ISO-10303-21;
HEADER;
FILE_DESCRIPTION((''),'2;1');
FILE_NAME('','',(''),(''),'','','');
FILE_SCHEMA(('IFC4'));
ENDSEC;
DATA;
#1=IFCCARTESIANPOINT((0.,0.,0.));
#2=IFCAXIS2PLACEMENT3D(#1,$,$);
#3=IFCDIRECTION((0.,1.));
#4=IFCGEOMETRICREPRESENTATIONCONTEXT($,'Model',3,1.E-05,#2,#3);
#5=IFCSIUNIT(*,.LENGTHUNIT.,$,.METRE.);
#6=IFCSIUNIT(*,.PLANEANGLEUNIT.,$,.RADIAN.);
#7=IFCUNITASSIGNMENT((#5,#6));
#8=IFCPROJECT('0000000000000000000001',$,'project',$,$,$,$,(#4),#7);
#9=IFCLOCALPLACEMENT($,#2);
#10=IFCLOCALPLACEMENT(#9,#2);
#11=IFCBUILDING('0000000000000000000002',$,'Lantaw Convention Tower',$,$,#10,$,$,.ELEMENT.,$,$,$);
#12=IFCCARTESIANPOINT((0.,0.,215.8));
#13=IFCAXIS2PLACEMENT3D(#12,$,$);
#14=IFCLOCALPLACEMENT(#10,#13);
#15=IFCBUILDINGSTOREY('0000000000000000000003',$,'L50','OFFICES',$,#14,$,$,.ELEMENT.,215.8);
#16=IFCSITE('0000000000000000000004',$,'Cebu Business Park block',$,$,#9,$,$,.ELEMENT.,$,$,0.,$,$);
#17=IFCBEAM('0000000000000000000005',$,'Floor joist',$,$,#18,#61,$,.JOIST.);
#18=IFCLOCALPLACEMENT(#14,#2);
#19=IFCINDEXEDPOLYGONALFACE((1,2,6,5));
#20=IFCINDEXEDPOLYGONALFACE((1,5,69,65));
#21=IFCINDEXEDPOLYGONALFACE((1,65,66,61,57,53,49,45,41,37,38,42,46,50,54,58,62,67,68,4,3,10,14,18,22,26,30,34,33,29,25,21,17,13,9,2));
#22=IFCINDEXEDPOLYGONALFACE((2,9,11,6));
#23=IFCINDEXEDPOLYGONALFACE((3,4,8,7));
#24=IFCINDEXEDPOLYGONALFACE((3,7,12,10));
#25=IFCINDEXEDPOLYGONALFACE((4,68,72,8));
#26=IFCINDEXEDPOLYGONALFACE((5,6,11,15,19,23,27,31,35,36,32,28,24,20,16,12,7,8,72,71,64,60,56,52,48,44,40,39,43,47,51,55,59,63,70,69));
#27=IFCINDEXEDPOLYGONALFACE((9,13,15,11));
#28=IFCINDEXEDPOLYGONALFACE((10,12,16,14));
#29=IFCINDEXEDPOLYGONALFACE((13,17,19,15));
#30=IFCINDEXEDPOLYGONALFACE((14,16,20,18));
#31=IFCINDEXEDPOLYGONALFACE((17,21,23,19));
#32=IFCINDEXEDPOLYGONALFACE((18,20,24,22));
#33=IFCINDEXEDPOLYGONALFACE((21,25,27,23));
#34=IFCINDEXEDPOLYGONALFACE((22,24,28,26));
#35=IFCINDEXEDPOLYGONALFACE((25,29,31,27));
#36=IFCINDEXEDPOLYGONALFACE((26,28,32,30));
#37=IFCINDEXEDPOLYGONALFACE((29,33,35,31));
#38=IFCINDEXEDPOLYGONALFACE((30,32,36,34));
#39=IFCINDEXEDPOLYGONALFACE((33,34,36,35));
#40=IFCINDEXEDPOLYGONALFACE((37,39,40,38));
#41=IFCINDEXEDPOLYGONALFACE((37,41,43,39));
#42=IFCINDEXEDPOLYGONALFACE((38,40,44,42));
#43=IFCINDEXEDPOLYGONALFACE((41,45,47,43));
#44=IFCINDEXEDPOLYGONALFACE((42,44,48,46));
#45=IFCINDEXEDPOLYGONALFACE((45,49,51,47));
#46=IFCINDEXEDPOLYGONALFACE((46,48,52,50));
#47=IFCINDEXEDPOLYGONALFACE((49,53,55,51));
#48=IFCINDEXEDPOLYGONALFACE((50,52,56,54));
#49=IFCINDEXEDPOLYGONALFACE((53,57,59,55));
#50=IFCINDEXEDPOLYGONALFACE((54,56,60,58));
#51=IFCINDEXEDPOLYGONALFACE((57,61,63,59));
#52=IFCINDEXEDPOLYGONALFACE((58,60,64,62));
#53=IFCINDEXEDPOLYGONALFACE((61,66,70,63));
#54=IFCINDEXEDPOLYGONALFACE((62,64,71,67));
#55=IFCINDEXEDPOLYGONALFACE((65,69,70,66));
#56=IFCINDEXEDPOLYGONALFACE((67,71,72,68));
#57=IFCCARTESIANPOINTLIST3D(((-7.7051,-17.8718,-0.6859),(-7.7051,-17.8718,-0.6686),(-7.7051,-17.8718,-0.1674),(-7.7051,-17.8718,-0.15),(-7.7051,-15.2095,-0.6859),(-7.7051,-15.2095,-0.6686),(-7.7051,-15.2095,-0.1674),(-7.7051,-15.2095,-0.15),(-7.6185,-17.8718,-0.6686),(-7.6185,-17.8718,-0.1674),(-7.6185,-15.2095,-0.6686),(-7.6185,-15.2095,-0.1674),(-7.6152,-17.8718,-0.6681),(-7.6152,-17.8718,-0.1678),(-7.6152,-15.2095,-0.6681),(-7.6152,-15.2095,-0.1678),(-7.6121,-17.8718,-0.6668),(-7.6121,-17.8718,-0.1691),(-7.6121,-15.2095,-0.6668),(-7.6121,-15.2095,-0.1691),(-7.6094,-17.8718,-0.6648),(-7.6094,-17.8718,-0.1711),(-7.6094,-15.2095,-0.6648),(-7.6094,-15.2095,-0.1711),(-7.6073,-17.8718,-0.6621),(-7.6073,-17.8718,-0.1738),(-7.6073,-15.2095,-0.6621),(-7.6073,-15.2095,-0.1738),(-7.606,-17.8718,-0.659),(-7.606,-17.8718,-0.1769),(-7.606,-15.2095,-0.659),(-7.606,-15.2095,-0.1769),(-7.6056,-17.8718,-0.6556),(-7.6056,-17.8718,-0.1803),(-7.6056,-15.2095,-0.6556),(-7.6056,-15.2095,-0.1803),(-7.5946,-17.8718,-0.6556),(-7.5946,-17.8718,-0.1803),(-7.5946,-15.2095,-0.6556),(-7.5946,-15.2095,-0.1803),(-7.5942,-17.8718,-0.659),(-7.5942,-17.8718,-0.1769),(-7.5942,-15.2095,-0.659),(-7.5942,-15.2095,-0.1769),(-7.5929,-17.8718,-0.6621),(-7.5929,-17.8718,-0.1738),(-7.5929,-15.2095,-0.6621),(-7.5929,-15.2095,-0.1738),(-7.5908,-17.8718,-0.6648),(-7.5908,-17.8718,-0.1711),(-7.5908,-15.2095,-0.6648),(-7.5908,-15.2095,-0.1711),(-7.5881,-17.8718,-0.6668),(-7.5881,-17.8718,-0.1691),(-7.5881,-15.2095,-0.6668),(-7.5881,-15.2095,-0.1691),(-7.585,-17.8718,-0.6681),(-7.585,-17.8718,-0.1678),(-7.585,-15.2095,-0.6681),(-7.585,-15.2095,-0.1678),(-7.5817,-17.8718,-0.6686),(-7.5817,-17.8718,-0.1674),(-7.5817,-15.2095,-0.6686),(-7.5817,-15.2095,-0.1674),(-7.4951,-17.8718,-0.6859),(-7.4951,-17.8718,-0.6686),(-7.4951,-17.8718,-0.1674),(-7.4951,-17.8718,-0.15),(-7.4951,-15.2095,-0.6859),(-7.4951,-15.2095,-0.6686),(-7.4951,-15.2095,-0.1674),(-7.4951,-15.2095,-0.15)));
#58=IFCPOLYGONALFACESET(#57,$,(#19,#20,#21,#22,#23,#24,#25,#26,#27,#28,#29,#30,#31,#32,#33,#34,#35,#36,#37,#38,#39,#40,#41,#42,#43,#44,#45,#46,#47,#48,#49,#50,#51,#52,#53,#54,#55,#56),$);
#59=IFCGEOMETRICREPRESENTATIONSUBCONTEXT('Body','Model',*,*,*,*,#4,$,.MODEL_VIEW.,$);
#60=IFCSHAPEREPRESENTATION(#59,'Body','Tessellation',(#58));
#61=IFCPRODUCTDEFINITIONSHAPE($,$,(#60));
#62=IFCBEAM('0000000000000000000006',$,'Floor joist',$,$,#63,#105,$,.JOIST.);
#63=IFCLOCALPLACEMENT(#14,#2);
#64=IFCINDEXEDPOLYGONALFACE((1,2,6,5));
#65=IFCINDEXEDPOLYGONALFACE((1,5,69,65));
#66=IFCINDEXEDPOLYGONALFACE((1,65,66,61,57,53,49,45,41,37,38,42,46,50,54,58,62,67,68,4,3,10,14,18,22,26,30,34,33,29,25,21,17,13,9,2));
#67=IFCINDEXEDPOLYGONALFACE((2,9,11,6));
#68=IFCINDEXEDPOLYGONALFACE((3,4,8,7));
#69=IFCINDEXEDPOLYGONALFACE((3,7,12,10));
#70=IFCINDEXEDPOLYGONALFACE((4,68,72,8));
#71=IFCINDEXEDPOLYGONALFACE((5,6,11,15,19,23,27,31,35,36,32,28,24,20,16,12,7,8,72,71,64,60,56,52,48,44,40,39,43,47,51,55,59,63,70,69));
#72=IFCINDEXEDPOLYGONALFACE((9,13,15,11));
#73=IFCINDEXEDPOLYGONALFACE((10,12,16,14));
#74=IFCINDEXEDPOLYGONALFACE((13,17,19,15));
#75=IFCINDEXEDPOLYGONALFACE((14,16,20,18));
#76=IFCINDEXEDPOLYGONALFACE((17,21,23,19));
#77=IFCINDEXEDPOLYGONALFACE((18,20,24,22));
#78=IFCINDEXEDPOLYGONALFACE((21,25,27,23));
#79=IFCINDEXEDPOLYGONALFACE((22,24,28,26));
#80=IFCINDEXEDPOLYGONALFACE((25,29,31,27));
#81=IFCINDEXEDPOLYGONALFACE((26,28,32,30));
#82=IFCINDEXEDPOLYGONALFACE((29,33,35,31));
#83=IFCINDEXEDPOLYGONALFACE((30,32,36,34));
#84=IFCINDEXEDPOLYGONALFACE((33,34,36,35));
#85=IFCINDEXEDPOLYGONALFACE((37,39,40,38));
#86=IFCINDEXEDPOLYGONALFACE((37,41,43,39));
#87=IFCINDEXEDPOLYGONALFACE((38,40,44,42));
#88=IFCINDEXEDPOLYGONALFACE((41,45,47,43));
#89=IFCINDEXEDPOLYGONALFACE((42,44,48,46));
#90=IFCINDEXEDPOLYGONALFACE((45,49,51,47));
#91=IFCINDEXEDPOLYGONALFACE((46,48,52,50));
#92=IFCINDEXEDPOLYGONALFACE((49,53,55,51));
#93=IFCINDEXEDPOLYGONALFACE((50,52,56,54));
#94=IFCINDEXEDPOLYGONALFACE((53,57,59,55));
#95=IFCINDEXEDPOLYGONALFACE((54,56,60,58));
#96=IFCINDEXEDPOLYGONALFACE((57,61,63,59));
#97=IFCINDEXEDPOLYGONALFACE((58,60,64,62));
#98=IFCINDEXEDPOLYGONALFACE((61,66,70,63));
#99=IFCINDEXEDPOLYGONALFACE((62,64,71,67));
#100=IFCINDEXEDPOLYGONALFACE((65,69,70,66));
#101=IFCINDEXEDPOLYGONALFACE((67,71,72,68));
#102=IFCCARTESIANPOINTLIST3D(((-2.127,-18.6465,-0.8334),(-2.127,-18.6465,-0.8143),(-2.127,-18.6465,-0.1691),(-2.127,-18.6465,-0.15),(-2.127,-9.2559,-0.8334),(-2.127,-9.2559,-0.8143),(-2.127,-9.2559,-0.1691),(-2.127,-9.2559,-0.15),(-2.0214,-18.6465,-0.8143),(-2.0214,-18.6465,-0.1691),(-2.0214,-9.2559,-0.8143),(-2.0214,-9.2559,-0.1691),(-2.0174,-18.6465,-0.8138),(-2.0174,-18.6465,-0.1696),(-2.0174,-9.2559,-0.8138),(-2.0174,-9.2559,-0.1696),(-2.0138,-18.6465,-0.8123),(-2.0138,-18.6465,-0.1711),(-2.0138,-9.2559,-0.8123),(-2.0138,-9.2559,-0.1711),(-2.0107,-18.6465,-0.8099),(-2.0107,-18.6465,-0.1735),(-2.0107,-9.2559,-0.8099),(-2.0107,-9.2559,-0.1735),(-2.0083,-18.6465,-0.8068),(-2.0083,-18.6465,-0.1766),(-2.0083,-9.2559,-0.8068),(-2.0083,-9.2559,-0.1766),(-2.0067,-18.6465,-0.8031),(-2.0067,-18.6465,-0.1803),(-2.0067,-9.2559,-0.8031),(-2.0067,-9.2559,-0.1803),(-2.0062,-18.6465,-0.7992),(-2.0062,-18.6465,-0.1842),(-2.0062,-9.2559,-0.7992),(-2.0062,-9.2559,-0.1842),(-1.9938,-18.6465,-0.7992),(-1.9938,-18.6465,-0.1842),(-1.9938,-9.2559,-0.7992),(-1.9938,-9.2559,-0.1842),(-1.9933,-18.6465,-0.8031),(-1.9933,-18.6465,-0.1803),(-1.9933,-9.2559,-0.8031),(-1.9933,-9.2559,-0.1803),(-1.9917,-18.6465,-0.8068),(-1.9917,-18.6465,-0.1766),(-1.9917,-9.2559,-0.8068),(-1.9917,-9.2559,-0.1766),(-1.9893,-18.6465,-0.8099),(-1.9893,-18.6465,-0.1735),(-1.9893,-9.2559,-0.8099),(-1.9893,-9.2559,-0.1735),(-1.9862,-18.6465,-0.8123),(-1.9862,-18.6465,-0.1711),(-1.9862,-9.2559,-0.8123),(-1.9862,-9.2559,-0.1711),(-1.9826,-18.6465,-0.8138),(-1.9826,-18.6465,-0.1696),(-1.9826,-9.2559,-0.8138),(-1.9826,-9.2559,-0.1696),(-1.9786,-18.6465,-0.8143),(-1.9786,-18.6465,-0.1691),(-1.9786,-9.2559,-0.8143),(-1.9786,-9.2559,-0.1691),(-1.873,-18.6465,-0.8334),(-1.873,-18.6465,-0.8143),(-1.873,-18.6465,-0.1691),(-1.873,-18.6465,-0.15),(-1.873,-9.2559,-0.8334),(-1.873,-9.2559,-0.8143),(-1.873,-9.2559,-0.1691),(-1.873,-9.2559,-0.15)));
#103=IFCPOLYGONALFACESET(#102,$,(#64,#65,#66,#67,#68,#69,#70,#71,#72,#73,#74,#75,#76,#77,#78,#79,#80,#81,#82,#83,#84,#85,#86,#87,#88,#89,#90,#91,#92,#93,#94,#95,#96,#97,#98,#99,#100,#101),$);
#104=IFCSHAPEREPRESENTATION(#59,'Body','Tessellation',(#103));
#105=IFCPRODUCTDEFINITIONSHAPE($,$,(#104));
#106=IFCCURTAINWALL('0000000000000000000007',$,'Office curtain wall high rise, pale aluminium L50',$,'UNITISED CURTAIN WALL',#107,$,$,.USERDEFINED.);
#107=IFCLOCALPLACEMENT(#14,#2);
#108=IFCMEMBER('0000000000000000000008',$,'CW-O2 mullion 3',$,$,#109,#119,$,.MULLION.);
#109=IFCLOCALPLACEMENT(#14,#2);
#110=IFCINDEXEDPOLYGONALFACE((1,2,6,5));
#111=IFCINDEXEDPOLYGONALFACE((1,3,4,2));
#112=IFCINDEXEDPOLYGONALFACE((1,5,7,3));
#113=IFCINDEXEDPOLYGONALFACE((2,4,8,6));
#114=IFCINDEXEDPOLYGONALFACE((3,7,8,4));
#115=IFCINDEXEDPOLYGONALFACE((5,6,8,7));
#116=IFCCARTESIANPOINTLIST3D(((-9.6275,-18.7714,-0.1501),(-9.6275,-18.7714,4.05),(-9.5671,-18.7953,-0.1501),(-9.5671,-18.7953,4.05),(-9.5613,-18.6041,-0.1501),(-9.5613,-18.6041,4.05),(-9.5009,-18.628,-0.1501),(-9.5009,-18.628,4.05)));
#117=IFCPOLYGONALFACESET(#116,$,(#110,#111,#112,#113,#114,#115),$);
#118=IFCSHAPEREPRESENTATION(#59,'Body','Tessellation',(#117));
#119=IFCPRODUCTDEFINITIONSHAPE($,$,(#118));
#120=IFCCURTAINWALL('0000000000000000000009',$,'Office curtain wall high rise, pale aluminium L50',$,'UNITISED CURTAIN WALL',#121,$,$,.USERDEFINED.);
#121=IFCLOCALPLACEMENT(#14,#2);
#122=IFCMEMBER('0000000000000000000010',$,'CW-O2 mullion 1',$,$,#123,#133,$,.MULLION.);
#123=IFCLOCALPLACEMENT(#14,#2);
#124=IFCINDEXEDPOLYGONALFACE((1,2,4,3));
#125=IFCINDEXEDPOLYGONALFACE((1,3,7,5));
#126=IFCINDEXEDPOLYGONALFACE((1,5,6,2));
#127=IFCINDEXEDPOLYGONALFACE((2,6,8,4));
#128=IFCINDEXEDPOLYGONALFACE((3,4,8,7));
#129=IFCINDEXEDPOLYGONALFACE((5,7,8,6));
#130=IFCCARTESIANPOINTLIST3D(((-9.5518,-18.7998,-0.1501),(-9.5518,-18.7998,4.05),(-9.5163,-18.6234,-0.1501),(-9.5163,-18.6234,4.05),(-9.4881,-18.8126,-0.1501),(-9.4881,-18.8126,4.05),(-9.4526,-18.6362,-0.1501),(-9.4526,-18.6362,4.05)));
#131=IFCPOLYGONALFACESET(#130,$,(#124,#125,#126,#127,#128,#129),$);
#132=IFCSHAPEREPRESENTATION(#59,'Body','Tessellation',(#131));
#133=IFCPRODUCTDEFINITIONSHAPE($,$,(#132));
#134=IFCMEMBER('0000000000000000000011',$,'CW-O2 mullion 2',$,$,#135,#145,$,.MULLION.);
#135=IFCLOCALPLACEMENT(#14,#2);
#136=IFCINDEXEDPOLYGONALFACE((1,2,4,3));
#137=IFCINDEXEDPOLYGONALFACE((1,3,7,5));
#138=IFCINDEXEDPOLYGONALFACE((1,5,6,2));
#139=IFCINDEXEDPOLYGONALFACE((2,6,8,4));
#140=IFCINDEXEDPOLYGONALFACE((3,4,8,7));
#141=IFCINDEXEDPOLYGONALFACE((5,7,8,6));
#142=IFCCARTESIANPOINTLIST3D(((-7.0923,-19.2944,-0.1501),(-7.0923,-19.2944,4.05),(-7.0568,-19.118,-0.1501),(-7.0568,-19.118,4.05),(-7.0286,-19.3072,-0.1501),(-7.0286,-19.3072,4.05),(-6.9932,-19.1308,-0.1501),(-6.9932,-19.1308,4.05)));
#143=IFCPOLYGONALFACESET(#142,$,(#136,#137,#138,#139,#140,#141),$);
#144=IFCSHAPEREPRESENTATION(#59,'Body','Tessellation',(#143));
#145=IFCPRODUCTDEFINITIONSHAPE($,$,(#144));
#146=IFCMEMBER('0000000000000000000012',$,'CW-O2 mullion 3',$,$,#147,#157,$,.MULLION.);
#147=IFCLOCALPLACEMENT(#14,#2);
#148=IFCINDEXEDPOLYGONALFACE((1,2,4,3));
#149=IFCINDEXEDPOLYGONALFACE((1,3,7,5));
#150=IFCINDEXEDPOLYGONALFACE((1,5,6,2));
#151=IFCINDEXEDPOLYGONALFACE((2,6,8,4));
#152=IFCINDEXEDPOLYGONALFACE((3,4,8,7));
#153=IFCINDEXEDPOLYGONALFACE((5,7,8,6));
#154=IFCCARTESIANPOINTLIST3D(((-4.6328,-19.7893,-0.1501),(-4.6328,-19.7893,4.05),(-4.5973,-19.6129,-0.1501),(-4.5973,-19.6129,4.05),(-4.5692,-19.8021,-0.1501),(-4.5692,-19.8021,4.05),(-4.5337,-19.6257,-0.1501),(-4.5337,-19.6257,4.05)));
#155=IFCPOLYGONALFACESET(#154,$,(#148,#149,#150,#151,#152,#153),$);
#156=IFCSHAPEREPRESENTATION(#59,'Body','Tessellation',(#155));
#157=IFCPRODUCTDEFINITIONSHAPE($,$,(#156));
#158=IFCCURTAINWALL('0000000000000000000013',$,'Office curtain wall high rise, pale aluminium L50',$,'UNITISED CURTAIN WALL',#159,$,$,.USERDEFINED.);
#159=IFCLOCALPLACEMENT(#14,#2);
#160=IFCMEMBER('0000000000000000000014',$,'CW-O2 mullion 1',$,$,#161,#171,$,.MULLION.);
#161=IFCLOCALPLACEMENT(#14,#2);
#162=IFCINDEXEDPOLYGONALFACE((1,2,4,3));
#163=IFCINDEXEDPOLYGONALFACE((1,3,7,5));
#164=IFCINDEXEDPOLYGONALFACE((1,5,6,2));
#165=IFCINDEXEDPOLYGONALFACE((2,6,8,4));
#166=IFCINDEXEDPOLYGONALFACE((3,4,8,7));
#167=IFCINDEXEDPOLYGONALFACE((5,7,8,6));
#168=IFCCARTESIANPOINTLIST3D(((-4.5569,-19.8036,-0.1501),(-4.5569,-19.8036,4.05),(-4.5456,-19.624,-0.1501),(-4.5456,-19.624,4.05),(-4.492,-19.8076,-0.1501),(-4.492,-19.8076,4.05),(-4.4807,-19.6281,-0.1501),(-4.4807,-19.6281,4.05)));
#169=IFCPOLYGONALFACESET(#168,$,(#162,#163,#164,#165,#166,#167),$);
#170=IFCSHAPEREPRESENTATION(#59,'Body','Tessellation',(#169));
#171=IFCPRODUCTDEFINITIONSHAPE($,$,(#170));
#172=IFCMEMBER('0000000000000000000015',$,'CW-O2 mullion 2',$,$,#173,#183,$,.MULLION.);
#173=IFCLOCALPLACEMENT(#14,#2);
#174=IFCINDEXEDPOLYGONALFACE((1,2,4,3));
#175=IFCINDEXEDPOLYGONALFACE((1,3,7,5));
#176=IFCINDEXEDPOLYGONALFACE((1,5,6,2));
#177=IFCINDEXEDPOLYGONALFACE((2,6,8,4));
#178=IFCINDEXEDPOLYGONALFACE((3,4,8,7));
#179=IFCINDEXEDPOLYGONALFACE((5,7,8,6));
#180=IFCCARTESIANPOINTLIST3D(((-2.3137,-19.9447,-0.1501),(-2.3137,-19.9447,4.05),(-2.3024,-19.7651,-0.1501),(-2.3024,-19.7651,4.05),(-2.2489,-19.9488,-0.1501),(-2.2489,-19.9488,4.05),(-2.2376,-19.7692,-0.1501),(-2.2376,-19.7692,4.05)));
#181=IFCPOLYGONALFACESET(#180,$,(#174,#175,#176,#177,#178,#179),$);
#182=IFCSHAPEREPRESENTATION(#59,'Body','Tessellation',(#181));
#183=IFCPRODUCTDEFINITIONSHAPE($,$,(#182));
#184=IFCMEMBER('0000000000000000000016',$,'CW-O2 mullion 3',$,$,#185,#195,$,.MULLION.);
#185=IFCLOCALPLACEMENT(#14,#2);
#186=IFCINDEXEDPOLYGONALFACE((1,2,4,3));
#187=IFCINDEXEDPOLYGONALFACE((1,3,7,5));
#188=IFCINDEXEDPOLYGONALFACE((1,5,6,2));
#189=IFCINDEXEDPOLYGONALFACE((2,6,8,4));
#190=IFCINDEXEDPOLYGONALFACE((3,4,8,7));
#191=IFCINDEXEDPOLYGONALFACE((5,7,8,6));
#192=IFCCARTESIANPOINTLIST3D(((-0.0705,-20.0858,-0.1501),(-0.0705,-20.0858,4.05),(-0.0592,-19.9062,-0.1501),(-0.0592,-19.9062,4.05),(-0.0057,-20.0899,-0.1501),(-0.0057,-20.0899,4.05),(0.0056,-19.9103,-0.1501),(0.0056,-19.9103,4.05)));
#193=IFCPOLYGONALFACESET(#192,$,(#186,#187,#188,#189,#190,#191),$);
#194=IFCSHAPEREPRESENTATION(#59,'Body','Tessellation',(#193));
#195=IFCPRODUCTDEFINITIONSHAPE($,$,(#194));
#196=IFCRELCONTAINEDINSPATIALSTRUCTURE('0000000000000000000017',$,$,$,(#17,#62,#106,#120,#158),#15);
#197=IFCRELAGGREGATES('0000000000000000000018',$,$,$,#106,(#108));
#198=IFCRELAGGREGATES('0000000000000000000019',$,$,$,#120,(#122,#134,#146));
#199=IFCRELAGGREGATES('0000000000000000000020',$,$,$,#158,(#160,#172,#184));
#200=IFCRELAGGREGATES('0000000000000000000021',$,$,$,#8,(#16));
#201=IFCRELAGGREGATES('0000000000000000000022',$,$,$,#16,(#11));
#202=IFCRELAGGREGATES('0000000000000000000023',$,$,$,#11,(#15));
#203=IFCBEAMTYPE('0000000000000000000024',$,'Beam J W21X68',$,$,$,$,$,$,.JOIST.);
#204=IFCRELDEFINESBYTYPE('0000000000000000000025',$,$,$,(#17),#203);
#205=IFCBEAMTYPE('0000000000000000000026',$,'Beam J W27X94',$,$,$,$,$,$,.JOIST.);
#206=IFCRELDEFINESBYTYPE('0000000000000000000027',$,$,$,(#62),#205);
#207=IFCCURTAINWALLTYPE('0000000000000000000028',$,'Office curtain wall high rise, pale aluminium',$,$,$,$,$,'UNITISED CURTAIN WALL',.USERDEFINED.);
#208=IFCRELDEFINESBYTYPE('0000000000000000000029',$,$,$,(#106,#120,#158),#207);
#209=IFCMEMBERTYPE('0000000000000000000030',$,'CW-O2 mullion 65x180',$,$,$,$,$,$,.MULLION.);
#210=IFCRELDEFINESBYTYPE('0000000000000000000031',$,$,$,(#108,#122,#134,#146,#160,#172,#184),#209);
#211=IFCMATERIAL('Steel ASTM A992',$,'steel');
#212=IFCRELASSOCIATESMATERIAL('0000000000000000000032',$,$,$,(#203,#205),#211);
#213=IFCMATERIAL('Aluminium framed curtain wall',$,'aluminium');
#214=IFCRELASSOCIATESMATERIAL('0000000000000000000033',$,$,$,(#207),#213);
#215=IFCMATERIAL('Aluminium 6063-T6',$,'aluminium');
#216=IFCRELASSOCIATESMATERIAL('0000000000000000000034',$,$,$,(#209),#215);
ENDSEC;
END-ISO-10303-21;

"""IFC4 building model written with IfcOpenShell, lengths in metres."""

from ifc_helpers import new_model, si_unit, direction, frame, origin, origin_2d, place, context, subcontext, project, spatial, rectangle, i_section, extrude, material, material_profile, profile_set, type_object, element, aggregate, save


model = new_model("IFC4")

# Units and contexts
model_context = context("Model", 3, precision=1e-05, world=origin(), true_north=direction((0.0, 1.0)))
body_context = subcontext(model_context, "Body", "Model", "MODEL_VIEW")
ifc_project = project(units=[si_unit("LENGTHUNIT", "METRE"), si_unit("PLANEANGLEUNIT", "RADIAN")], contexts=[model_context])

# Site, building, storey
site_placement = place(None, origin())
site = spatial("IfcSite", under=ifc_project, at=site_placement, Name="Cebu Business Park block", CompositionType="ELEMENT", RefElevation=0.0)
building_placement = place(site_placement, origin())
building = spatial("IfcBuilding", under=site, at=building_placement, Name="Lantaw Convention Tower", CompositionType="ELEMENT")
storey_placement = place(building_placement, frame((0.0, 0.0, 215.8)))
storey = spatial("IfcBuildingStorey", under=building, at=storey_placement, Name="L50", Description="OFFICES", CompositionType="ELEMENT", Elevation=215.8)

# Beams
ifc_material_1 = material(Name="Steel ASTM A992", Category="steel")
ifc_material_profile_1 = material_profile(ifc_material_1, i_section(OverallWidth=0.21, OverallDepth=0.5359, WebThickness=0.011, FlangeThickness=0.0173, FilletRadius=0.0129, at=origin_2d()), Name="W21X68")
ifc_profile_set_1 = profile_set([ifc_material_profile_1], Name="Steel ASTM A992")
beam_type_1 = type_object("IfcBeamType", Name="Beam J W21X68", PredefinedType="JOIST", material=ifc_profile_set_1)
beam_1_placement = place(storey_placement, frame((-7.6001, -17.8718, -0.418), z_axis=(0.0, 1.0, 0.0), x_axis=(-1.0, 0.0, 0.0)))
element("IfcBeam", 1, at=beam_1_placement, inside=storey, type_object=beam_type_1, Name="Floor joist", PredefinedType="JOIST", context=body_context, shape_type="SweptSolid", body=[
    extrude(i_section(OverallWidth=0.21, OverallDepth=0.5359, WebThickness=0.011, FlangeThickness=0.0173, FilletRadius=0.0129, at=origin_2d()), origin(), (0.0, 0.0, 1.0), 2.6624),
])
ifc_material_profile_2 = material_profile(ifc_material_1, i_section(OverallWidth=0.2539, OverallDepth=0.6833, WebThickness=0.0125, FlangeThickness=0.019, FilletRadius=0.0151, at=origin_2d()), Name="W27X94")
ifc_profile_set_2 = profile_set([ifc_material_profile_2], Name="Steel ASTM A992")
beam_type_2 = type_object("IfcBeamType", Name="Beam J W27X94", PredefinedType="JOIST", material=ifc_profile_set_2)
beam_2_placement = place(storey_placement, frame((-2.0, -18.6465, -0.4917), z_axis=(0.0, 1.0, 0.0), x_axis=(-1.0, 0.0, 0.0)))
element("IfcBeam", 2, at=beam_2_placement, inside=storey, type_object=beam_type_2, Name="Floor joist", PredefinedType="JOIST", context=body_context, shape_type="SweptSolid", body=[
    extrude(i_section(OverallWidth=0.2539, OverallDepth=0.6833, WebThickness=0.0125, FlangeThickness=0.019, FilletRadius=0.0151, at=origin_2d()), origin(), (0.0, 0.0, 1.0), 9.3906),
])

# Curtain wall, member
ifc_material_2 = material(Name="Aluminium framed curtain wall", Category="aluminium")
curtain_wall_type = type_object("IfcCurtainWallType", Name="Office curtain wall high rise, pale aluminium", ElementType="UNITISED CURTAIN WALL", PredefinedType="USERDEFINED", material=ifc_material_2)
curtain_wall_1_placement = place(storey_placement, origin())
curtain_wall_1 = element("IfcCurtainWall", 3, at=curtain_wall_1_placement, inside=storey, type_object=curtain_wall_type, Name="Office curtain wall high rise, pale aluminium L50", ObjectType="UNITISED CURTAIN WALL", PredefinedType="USERDEFINED")
ifc_material_3 = material(Name="Aluminium 6063-T6", Category="aluminium")
ifc_material_profile_3 = material_profile(ifc_material_3, rectangle(XDim=0.1799, YDim=0.0649, at=origin_2d()), Name="CW-O2 mullion 65x180")
ifc_profile_set_3 = profile_set([ifc_material_profile_3], Name="Aluminium 6063-T6")
member_type_1 = type_object("IfcMemberType", Name="CW-O2 mullion 65x180", PredefinedType="MULLION", material=ifc_profile_set_3)
member_1_placement = place(storey_placement, frame((-9.5642, -18.6997, -0.1501), z_axis=(0.0, 0.0, 1.0), x_axis=(0.368162, 0.929762, 0.0)))
member_1 = element("IfcMember", 4, at=member_1_placement, type_object=member_type_1, Name="CW-O2 mullion 3", PredefinedType="MULLION", context=body_context, shape_type="SweptSolid", body=[
    extrude(rectangle(XDim=0.1799, YDim=0.0649, at=origin_2d()), origin(), (0.0, 0.0, 1.0), 4.2002),
])

# Curtain walls, members
curtain_wall_2_placement = place(storey_placement, origin())
curtain_wall_2 = element("IfcCurtainWall", 5, at=curtain_wall_2_placement, inside=storey, type_object=curtain_wall_type, Name="Office curtain wall high rise, pale aluminium L50", ObjectType="UNITISED CURTAIN WALL", PredefinedType="USERDEFINED")
member_2_placement = place(storey_placement, frame((-9.5022, -18.718, -0.1501), z_axis=(0.0, 0.0, 1.0), x_axis=(0.197183, 0.980367, 0.0)))
member_2 = element("IfcMember", 6, at=member_2_placement, type_object=member_type_1, Name="CW-O2 mullion 1", PredefinedType="MULLION", context=body_context, shape_type="SweptSolid", body=[
    extrude(rectangle(XDim=0.1799, YDim=0.0649, at=origin_2d()), origin(), (0.0, 0.0, 1.0), 4.2002),
])
member_3_placement = place(storey_placement, frame((-7.0427, -19.2126, -0.1501), z_axis=(0.0, 0.0, 1.0), x_axis=(0.197183, 0.980367, 0.0)))
member_3 = element("IfcMember", 7, at=member_3_placement, type_object=member_type_1, Name="CW-O2 mullion 2", PredefinedType="MULLION", context=body_context, shape_type="SweptSolid", body=[
    extrude(rectangle(XDim=0.1799, YDim=0.0649, at=origin_2d()), origin(), (0.0, 0.0, 1.0), 4.2002),
])
member_4_placement = place(storey_placement, frame((-4.5833, -19.7075, -0.1501), z_axis=(0.0, 0.0, 1.0), x_axis=(0.197183, 0.980367, 0.0)))
member_4 = element("IfcMember", 8, at=member_4_placement, type_object=member_type_1, Name="CW-O2 mullion 3", PredefinedType="MULLION", context=body_context, shape_type="SweptSolid", body=[
    extrude(rectangle(XDim=0.1799, YDim=0.0649, at=origin_2d()), origin(), (0.0, 0.0, 1.0), 4.2002),
])
curtain_wall_3_placement = place(storey_placement, origin())
curtain_wall_3 = element("IfcCurtainWall", 9, at=curtain_wall_3_placement, inside=storey, type_object=curtain_wall_type, Name="Office curtain wall high rise, pale aluminium L50", ObjectType="UNITISED CURTAIN WALL", PredefinedType="USERDEFINED")
member_5_placement = place(storey_placement, frame((-4.5188, -19.7158, -0.1501), z_axis=(0.0, 0.0, 1.0), x_axis=(0.062758, 0.998029, 0.0)))
member_5 = element("IfcMember", 10, at=member_5_placement, type_object=member_type_1, Name="CW-O2 mullion 1", PredefinedType="MULLION", context=body_context, shape_type="SweptSolid", body=[
    extrude(rectangle(XDim=0.1799, YDim=0.0649, at=origin_2d()), origin(), (0.0, 0.0, 1.0), 4.2002),
])
member_6_placement = place(storey_placement, frame((-2.2756, -19.8569, -0.1501), z_axis=(0.0, 0.0, 1.0), x_axis=(0.062758, 0.998029, 0.0)))
member_6 = element("IfcMember", 11, at=member_6_placement, type_object=member_type_1, Name="CW-O2 mullion 2", PredefinedType="MULLION", context=body_context, shape_type="SweptSolid", body=[
    extrude(rectangle(XDim=0.1799, YDim=0.0649, at=origin_2d()), origin(), (0.0, 0.0, 1.0), 4.2002),
])
member_7_placement = place(storey_placement, frame((-0.0325, -19.998, -0.1501), z_axis=(0.0, 0.0, 1.0), x_axis=(0.062758, 0.998029, 0.0)))
member_7 = element("IfcMember", 12, at=member_7_placement, type_object=member_type_1, Name="CW-O2 mullion 3", PredefinedType="MULLION", context=body_context, shape_type="SweptSolid", body=[
    extrude(rectangle(XDim=0.1799, YDim=0.0649, at=origin_2d()), origin(), (0.0, 0.0, 1.0), 4.2002),
])

aggregate(curtain_wall_1, [member_1])
aggregate(curtain_wall_2, [member_2, member_3, member_4])
aggregate(curtain_wall_3, [member_5, member_6, member_7])

save(model, "model.ifc")
